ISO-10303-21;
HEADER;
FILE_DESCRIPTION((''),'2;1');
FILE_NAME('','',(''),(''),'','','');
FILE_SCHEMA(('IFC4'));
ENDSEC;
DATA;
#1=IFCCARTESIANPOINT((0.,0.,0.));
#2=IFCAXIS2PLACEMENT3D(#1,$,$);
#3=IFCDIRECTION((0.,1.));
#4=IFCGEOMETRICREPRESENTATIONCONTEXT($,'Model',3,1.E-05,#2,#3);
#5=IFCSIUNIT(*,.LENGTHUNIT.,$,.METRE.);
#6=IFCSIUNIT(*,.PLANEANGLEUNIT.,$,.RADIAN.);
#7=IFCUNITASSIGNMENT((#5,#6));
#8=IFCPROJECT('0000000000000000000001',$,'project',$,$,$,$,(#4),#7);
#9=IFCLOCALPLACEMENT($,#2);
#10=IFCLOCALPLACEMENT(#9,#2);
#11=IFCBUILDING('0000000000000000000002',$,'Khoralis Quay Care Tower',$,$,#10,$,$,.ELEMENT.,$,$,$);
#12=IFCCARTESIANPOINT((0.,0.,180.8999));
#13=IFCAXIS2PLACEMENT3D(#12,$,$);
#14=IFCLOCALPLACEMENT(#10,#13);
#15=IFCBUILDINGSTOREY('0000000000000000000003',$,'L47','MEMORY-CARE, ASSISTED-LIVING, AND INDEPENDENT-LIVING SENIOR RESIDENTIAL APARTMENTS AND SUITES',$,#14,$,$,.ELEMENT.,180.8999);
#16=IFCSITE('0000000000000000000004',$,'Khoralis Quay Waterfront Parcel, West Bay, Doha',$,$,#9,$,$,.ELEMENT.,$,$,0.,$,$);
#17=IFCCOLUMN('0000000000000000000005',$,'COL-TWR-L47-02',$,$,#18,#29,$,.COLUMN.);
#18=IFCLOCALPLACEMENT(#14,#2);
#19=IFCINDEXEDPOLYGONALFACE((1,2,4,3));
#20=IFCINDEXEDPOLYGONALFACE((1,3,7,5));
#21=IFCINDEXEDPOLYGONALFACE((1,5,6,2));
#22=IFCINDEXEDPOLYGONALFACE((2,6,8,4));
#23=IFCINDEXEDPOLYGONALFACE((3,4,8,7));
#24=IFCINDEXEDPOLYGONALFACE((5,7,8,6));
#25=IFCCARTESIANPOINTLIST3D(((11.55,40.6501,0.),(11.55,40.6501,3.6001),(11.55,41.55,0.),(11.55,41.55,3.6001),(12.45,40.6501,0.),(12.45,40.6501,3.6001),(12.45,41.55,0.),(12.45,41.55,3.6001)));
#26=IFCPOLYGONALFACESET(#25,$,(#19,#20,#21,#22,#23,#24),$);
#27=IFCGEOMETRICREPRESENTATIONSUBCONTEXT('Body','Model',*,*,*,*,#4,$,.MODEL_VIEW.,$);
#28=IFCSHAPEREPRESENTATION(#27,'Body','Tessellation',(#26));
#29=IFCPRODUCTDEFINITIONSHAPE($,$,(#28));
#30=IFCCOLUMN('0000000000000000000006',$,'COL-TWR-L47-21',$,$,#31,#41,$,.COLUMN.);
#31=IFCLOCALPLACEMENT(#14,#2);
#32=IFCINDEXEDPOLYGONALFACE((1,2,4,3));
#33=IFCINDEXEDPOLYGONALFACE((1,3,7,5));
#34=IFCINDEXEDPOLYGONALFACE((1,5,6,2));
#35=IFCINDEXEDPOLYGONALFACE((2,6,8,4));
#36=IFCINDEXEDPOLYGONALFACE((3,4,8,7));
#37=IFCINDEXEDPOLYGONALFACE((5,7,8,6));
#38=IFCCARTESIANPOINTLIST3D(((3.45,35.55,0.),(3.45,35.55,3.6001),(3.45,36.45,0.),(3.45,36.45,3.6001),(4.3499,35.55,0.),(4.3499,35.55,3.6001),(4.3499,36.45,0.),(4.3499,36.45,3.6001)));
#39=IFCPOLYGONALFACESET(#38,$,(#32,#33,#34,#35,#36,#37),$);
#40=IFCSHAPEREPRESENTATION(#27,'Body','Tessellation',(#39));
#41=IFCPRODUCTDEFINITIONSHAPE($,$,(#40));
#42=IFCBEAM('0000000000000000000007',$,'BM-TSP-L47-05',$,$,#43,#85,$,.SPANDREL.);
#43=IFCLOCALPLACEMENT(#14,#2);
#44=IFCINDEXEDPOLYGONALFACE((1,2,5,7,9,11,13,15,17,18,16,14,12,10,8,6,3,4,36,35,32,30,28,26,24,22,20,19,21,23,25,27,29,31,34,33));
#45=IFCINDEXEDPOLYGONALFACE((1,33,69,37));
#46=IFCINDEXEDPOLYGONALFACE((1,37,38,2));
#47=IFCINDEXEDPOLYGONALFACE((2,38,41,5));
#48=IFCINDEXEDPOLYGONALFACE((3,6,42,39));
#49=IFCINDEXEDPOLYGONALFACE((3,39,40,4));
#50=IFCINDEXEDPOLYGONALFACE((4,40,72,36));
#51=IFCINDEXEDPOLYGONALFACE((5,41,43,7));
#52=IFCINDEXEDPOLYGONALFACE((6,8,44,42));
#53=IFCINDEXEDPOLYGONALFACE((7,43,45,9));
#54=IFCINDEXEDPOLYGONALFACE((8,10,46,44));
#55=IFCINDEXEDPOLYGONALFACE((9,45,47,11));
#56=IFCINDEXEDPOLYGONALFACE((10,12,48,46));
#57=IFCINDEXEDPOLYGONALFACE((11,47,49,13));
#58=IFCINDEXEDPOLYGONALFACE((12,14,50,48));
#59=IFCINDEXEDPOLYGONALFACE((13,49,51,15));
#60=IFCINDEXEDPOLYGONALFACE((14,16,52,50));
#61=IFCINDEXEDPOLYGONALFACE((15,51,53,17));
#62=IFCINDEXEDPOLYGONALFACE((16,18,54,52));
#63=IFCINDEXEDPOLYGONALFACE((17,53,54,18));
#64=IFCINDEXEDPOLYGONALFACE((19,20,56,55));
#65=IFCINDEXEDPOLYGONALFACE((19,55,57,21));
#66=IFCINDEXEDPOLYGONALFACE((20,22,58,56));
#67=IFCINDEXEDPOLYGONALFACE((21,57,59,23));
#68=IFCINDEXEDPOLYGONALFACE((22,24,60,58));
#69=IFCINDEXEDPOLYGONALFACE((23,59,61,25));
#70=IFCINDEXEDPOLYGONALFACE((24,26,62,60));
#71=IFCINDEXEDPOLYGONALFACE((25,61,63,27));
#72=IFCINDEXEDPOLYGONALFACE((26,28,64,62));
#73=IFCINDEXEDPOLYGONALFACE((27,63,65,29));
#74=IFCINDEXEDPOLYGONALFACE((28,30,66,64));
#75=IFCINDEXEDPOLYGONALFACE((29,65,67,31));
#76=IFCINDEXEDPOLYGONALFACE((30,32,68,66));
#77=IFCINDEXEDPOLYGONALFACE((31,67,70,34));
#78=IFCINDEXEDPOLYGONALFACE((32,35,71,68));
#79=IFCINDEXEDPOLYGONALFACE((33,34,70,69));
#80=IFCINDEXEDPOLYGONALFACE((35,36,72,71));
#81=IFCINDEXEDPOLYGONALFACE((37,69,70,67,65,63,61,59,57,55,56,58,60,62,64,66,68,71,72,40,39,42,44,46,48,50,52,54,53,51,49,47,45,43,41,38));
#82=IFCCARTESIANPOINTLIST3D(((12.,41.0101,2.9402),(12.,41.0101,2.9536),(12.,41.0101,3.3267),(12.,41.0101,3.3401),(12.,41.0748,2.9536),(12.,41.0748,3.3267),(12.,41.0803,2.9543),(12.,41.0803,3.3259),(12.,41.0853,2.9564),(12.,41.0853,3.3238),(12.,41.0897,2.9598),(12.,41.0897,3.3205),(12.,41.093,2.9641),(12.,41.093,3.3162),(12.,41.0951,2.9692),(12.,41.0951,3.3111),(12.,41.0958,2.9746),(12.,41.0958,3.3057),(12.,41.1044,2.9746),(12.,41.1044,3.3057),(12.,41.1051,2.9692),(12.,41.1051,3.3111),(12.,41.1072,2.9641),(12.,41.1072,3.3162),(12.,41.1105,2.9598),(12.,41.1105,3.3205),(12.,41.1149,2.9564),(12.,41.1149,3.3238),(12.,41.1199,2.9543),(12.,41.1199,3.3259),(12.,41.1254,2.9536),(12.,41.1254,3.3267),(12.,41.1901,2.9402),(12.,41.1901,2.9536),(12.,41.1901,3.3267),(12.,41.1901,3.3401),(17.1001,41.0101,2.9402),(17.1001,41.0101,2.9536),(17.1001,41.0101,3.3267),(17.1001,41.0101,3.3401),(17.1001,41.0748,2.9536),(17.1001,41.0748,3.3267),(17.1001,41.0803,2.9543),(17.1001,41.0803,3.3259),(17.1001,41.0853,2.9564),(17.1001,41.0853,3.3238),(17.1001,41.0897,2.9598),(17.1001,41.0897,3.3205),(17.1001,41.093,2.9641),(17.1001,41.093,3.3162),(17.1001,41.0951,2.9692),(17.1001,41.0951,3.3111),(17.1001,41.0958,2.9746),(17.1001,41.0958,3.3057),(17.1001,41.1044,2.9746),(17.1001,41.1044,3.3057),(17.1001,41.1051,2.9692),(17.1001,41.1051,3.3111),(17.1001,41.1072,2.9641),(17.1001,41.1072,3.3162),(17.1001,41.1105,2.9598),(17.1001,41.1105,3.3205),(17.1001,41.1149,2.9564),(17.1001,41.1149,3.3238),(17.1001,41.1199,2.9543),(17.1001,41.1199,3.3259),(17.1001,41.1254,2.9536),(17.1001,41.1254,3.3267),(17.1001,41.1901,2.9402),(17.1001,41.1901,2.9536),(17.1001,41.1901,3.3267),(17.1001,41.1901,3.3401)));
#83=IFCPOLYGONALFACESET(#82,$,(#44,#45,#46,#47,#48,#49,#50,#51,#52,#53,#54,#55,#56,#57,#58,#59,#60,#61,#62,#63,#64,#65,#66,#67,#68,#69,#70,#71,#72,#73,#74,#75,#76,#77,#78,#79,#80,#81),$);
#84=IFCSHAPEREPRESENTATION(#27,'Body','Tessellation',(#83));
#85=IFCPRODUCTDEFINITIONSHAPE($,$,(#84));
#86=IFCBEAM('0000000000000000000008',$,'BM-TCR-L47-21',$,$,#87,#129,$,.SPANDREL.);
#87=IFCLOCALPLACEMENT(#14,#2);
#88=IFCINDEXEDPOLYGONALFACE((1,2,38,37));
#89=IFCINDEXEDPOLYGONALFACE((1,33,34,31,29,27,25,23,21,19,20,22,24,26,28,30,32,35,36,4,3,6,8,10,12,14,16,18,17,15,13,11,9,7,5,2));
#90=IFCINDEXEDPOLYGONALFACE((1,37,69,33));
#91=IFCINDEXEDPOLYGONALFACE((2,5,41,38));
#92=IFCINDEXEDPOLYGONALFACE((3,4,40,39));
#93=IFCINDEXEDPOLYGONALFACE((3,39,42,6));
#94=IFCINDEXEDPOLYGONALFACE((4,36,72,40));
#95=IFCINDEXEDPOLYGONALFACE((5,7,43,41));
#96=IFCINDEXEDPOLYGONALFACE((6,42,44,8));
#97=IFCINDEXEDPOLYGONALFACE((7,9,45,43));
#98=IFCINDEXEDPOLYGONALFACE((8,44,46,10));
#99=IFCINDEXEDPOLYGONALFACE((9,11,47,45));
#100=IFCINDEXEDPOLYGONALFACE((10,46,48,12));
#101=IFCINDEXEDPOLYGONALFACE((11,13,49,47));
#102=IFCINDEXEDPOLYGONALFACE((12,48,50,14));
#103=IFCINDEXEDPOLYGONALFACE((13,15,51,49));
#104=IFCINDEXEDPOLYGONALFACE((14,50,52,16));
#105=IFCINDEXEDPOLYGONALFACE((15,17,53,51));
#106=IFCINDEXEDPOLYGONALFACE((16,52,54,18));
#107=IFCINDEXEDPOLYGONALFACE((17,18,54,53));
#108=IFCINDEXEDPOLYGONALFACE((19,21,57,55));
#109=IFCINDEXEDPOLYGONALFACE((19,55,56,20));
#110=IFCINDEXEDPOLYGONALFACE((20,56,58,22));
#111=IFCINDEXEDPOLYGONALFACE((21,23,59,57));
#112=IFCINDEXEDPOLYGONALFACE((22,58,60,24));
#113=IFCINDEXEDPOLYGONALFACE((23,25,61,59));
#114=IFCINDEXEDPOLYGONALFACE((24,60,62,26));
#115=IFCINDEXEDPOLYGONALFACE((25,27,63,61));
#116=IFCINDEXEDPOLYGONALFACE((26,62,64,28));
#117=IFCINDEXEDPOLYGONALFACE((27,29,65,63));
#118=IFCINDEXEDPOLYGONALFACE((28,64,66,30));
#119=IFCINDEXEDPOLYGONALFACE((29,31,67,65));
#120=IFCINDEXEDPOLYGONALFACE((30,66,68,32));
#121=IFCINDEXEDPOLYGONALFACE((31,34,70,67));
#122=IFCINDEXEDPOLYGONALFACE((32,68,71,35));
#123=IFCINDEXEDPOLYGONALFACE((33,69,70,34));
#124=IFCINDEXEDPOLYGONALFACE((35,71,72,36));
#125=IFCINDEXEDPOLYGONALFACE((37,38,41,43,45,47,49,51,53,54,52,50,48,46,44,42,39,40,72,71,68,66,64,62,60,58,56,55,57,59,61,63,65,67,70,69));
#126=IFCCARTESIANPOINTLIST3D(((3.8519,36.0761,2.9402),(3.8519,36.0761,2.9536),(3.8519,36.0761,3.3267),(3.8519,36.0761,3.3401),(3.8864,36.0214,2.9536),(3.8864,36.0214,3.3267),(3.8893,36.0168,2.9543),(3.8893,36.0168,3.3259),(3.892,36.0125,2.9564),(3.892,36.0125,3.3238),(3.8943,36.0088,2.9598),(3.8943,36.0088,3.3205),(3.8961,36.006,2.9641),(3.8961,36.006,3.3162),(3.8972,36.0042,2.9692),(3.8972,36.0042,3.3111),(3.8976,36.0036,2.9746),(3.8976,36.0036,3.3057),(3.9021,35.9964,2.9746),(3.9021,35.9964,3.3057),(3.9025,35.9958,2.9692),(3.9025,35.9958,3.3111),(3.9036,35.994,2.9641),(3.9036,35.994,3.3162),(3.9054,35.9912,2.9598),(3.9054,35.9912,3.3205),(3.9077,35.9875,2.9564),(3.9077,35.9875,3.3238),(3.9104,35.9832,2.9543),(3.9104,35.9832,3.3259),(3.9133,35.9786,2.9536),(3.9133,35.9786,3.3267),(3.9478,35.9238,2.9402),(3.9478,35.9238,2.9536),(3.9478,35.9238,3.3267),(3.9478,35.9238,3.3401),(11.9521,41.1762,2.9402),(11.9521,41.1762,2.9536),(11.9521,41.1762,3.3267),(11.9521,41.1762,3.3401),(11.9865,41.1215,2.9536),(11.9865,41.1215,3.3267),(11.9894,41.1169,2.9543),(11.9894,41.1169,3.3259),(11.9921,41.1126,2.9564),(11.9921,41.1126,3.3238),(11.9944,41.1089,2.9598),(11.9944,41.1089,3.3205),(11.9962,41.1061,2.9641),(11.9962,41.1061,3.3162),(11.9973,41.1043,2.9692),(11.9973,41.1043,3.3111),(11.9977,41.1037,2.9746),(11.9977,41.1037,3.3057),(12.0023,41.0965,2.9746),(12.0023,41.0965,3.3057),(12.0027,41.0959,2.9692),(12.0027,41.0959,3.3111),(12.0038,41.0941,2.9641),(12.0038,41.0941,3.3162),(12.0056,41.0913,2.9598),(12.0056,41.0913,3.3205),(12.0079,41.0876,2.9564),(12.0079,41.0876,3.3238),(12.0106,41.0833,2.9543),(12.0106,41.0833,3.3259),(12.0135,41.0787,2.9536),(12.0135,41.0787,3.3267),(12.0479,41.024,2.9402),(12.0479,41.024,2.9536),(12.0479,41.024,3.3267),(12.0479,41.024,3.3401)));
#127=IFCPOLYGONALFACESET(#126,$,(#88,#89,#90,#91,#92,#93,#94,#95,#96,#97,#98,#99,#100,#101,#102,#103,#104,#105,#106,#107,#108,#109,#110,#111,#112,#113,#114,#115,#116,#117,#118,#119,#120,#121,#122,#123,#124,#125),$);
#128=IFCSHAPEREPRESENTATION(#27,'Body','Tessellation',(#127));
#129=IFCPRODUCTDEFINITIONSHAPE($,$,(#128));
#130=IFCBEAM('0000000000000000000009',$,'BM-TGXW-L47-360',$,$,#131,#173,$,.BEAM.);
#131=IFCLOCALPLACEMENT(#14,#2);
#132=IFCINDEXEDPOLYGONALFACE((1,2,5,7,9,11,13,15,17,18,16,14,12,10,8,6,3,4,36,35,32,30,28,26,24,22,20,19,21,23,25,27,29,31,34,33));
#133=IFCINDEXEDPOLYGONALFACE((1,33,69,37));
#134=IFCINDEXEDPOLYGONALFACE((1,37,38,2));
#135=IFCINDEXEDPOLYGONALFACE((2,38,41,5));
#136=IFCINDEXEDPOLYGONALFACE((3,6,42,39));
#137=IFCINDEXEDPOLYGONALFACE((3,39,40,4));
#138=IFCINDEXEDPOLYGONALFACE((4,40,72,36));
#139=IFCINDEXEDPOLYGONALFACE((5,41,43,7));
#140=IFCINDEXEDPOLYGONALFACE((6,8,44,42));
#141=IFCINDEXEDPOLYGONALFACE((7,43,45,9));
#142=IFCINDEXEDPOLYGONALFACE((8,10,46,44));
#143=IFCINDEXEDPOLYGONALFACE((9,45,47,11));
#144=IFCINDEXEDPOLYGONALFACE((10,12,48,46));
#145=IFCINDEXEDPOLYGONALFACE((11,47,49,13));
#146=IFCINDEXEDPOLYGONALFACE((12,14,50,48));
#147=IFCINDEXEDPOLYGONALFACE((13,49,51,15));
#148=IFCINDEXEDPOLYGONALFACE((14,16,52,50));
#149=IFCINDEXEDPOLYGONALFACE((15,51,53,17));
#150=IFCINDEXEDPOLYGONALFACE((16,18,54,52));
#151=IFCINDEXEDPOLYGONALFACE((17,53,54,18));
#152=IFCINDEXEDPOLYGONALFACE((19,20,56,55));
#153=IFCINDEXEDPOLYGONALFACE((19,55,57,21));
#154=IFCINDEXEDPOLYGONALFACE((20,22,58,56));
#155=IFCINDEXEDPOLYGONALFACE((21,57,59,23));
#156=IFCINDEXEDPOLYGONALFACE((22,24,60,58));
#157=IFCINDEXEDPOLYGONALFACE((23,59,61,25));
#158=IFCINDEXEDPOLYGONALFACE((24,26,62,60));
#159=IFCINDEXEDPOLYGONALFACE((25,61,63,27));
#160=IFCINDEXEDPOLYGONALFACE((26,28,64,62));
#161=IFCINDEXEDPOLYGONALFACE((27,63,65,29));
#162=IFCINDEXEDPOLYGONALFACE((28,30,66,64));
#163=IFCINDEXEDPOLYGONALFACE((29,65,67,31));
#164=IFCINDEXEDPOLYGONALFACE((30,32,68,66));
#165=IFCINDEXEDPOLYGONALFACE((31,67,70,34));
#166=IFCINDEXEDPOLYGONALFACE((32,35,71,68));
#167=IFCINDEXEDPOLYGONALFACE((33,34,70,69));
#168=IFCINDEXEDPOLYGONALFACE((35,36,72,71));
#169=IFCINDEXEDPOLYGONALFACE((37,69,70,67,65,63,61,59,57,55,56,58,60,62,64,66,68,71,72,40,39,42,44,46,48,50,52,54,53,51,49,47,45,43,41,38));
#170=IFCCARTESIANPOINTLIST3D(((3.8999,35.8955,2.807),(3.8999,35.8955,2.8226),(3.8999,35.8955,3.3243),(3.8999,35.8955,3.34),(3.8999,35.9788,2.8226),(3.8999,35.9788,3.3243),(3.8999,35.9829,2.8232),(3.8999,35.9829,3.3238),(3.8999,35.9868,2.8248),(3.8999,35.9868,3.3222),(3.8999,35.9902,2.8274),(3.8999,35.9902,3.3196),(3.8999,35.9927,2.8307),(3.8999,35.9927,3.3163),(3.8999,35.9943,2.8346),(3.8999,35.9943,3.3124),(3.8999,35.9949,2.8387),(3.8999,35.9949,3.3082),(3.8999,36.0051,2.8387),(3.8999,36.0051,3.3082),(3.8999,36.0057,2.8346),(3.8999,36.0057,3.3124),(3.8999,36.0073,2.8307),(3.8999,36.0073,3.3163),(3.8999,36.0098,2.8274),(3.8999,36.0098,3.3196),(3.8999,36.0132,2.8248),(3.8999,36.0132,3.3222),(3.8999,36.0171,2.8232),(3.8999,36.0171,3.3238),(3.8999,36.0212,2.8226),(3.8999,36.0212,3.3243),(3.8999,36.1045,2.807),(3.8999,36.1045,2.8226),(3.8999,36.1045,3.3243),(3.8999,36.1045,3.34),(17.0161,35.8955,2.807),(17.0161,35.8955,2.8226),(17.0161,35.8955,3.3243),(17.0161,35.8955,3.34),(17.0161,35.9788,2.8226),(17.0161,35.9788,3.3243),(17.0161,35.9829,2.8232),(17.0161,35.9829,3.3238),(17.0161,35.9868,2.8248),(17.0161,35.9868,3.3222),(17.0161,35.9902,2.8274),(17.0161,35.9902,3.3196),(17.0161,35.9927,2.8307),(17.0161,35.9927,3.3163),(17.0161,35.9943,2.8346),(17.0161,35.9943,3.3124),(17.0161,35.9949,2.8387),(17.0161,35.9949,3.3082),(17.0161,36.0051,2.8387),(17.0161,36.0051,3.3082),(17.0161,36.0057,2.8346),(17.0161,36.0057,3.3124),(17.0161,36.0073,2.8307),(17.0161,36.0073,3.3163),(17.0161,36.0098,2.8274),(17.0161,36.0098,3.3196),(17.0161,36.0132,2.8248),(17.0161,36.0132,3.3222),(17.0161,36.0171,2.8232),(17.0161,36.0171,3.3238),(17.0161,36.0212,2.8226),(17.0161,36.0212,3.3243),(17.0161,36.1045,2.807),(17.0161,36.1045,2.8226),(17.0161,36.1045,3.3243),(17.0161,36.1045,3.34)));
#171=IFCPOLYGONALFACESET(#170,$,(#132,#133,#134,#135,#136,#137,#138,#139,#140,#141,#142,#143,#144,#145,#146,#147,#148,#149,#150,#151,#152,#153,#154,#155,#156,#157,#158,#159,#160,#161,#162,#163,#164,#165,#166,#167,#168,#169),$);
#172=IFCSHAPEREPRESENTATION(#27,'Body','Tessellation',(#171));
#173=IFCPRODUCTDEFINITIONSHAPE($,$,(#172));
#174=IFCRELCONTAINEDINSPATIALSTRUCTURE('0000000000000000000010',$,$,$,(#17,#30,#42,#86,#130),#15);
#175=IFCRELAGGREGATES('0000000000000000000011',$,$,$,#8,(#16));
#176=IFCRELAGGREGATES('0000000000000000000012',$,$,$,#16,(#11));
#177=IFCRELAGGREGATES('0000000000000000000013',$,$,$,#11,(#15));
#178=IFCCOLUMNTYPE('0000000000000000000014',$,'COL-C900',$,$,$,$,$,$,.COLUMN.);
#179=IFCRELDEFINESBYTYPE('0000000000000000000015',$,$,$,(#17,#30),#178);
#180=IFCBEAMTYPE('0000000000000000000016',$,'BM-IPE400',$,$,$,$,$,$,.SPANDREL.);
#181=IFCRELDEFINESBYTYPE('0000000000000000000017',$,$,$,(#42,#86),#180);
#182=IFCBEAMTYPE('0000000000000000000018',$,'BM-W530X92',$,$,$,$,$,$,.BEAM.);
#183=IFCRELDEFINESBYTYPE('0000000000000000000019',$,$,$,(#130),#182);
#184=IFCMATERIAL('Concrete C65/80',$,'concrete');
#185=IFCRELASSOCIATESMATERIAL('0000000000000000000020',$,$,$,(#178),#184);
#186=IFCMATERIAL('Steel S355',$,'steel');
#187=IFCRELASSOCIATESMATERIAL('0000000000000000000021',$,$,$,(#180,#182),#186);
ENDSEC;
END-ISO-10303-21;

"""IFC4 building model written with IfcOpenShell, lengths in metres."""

from ifc_helpers import new_model, si_unit, direction, frame, origin, origin_2d, place, context, subcontext, project, spatial, rectangle, i_section, extrude, source, transform, mapped, material, material_profile, profile_set, type_object, element, save


model = new_model("IFC4")

# Units and contexts
model_context = context("Model", 3, precision=1e-05, world=origin(), true_north=direction((0.0, 1.0)))
body_context = subcontext(model_context, "Body", "Model", "MODEL_VIEW")
ifc_project = project(units=[si_unit("LENGTHUNIT", "METRE"), si_unit("PLANEANGLEUNIT", "RADIAN")], contexts=[model_context])

# Site, building, storey
site_placement = place(None, origin())
site = spatial("IfcSite", under=ifc_project, at=site_placement, Name="Khoralis Quay Waterfront Parcel, West Bay, Doha", CompositionType="ELEMENT", RefElevation=0.0)
building_placement = place(site_placement, origin())
building = spatial("IfcBuilding", under=site, at=building_placement, Name="Khoralis Quay Care Tower", CompositionType="ELEMENT")
storey_placement = place(building_placement, frame((0.0, 0.0, 180.8999)))
storey = spatial("IfcBuildingStorey", under=building, at=storey_placement, Name="L47", Description="MEMORY-CARE, ASSISTED-LIVING, AND INDEPENDENT-LIVING SENIOR RESIDENTIAL APARTMENTS AND SUITES", CompositionType="ELEMENT", Elevation=180.8999)

# Columns
ifc_material_1 = material(Name="Concrete C65/80", Category="concrete")
ifc_material_profile_1 = material_profile(ifc_material_1, rectangle(XDim=0.8999, YDim=0.8999, at=origin_2d()), Name="Concrete C65/80")
ifc_profile_set_1 = profile_set([ifc_material_profile_1], Name="Concrete C65/80")
column_type = type_object("IfcColumnType", Name="COL-C900", PredefinedType="COLUMN", material=ifc_profile_set_1)
shared_shape_1 = source(origin(), body_context, "Body", "SweptSolid", [
    extrude(rectangle(XDim=0.8999, YDim=0.8999, at=origin_2d()), origin(), (0.0, 0.0, 1.0), 3.6001),
])
for number, where, z_axis, x_axis, name in (
    (1, (12.0, 41.1001, 0.0), (0.0, 0.0, 1.0), (1.0, 0.0, 0.0), "COL-TWR-L47-02"),
    (2, (3.8999, 36.0, 0.0), (0.0, 0.0, 1.0), (1.0, 0.0, 0.0), "COL-TWR-L47-21"),
):
    element("IfcColumn", number, at=place(storey_placement, frame(where, z_axis=z_axis, x_axis=x_axis)), inside=storey, type_object=column_type, Name=name, PredefinedType="COLUMN", context=body_context, shape_type="MappedRepresentation", body=[
        mapped(shared_shape_1, transform((0.0, 0.0, 0.0), scale=1.0)),
    ])

# Beams
ifc_material_2 = material(Name="Steel S355", Category="steel")
ifc_material_profile_2 = material_profile(ifc_material_2, i_section(OverallWidth=0.1799, OverallDepth=0.3999, WebThickness=0.0085, FlangeThickness=0.0134, FilletRadius=0.021, at=origin_2d()), Name="Steel S355")
ifc_profile_set_2 = profile_set([ifc_material_profile_2], Name="Steel S355")
beam_type_1 = type_object("IfcBeamType", Name="BM-IPE400", PredefinedType="SPANDREL", material=ifc_profile_set_2)
shared_shape_2 = source(origin(), body_context, "Body", "SweptSolid", [
    extrude(i_section(OverallWidth=0.1799, OverallDepth=0.3999, WebThickness=0.0085, FlangeThickness=0.0134, FilletRadius=0.021, at=origin_2d()), origin(), (0.0, 0.0, 1.0), 5.1001),
])
beam_1_placement = place(storey_placement, frame((12.0, 41.1001, 3.1401), z_axis=(1.0, 0.0, 0.0), x_axis=(0.0, 1.0, 0.0)))
element("IfcBeam", 3, at=beam_1_placement, inside=storey, type_object=beam_type_1, Name="BM-TSP-L47-05", PredefinedType="SPANDREL", context=body_context, shape_type="MappedRepresentation", body=[
    mapped(shared_shape_2, transform((0.0, 0.0, 0.0), scale=1.0)),
])
shared_shape_3 = source(origin(), body_context, "Body", "SweptSolid", [
    extrude(i_section(OverallWidth=0.1799, OverallDepth=0.3999, WebThickness=0.0085, FlangeThickness=0.0134, FilletRadius=0.021, at=origin_2d()), origin(), (0.0, 0.0, 1.0), 9.572),
])
beam_2_placement = place(storey_placement, frame((12.0, 41.1001, 3.1401), z_axis=(-0.846231, -0.532816, 0.0), x_axis=(0.532816, -0.846231, 0.0)))
element("IfcBeam", 4, at=beam_2_placement, inside=storey, type_object=beam_type_1, Name="BM-TCR-L47-21", PredefinedType="SPANDREL", context=body_context, shape_type="MappedRepresentation", body=[
    mapped(shared_shape_3, transform((0.0, 0.0, 0.0), scale=1.0)),
])
ifc_material_profile_3 = material_profile(ifc_material_2, i_section(OverallWidth=0.209, OverallDepth=0.533, WebThickness=0.0103, FlangeThickness=0.0156, FilletRadius=0.0161, at=origin_2d()), Name="Steel S355")
ifc_profile_set_3 = profile_set([ifc_material_profile_3], Name="Steel S355")
beam_type_2 = type_object("IfcBeamType", Name="BM-W530X92", PredefinedType="BEAM", material=ifc_profile_set_3)
shared_shape_4 = source(origin(), body_context, "Body", "SweptSolid", [
    extrude(i_section(OverallWidth=0.209, OverallDepth=0.533, WebThickness=0.0103, FlangeThickness=0.0156, FilletRadius=0.0161, at=origin_2d()), origin(), (0.0, 0.0, 1.0), 13.1162),
])
beam_3_placement = place(storey_placement, frame((3.8999, 36.0, 3.0735), z_axis=(1.0, 0.0, 0.0), x_axis=(0.0, 1.0, 0.0)))
element("IfcBeam", 5, at=beam_3_placement, inside=storey, type_object=beam_type_2, Name="BM-TGXW-L47-360", PredefinedType="BEAM", context=body_context, shape_type="MappedRepresentation", body=[
    mapped(shared_shape_4, transform((0.0, 0.0, 0.0), scale=1.0)),
])

save(model, "model.ifc")
